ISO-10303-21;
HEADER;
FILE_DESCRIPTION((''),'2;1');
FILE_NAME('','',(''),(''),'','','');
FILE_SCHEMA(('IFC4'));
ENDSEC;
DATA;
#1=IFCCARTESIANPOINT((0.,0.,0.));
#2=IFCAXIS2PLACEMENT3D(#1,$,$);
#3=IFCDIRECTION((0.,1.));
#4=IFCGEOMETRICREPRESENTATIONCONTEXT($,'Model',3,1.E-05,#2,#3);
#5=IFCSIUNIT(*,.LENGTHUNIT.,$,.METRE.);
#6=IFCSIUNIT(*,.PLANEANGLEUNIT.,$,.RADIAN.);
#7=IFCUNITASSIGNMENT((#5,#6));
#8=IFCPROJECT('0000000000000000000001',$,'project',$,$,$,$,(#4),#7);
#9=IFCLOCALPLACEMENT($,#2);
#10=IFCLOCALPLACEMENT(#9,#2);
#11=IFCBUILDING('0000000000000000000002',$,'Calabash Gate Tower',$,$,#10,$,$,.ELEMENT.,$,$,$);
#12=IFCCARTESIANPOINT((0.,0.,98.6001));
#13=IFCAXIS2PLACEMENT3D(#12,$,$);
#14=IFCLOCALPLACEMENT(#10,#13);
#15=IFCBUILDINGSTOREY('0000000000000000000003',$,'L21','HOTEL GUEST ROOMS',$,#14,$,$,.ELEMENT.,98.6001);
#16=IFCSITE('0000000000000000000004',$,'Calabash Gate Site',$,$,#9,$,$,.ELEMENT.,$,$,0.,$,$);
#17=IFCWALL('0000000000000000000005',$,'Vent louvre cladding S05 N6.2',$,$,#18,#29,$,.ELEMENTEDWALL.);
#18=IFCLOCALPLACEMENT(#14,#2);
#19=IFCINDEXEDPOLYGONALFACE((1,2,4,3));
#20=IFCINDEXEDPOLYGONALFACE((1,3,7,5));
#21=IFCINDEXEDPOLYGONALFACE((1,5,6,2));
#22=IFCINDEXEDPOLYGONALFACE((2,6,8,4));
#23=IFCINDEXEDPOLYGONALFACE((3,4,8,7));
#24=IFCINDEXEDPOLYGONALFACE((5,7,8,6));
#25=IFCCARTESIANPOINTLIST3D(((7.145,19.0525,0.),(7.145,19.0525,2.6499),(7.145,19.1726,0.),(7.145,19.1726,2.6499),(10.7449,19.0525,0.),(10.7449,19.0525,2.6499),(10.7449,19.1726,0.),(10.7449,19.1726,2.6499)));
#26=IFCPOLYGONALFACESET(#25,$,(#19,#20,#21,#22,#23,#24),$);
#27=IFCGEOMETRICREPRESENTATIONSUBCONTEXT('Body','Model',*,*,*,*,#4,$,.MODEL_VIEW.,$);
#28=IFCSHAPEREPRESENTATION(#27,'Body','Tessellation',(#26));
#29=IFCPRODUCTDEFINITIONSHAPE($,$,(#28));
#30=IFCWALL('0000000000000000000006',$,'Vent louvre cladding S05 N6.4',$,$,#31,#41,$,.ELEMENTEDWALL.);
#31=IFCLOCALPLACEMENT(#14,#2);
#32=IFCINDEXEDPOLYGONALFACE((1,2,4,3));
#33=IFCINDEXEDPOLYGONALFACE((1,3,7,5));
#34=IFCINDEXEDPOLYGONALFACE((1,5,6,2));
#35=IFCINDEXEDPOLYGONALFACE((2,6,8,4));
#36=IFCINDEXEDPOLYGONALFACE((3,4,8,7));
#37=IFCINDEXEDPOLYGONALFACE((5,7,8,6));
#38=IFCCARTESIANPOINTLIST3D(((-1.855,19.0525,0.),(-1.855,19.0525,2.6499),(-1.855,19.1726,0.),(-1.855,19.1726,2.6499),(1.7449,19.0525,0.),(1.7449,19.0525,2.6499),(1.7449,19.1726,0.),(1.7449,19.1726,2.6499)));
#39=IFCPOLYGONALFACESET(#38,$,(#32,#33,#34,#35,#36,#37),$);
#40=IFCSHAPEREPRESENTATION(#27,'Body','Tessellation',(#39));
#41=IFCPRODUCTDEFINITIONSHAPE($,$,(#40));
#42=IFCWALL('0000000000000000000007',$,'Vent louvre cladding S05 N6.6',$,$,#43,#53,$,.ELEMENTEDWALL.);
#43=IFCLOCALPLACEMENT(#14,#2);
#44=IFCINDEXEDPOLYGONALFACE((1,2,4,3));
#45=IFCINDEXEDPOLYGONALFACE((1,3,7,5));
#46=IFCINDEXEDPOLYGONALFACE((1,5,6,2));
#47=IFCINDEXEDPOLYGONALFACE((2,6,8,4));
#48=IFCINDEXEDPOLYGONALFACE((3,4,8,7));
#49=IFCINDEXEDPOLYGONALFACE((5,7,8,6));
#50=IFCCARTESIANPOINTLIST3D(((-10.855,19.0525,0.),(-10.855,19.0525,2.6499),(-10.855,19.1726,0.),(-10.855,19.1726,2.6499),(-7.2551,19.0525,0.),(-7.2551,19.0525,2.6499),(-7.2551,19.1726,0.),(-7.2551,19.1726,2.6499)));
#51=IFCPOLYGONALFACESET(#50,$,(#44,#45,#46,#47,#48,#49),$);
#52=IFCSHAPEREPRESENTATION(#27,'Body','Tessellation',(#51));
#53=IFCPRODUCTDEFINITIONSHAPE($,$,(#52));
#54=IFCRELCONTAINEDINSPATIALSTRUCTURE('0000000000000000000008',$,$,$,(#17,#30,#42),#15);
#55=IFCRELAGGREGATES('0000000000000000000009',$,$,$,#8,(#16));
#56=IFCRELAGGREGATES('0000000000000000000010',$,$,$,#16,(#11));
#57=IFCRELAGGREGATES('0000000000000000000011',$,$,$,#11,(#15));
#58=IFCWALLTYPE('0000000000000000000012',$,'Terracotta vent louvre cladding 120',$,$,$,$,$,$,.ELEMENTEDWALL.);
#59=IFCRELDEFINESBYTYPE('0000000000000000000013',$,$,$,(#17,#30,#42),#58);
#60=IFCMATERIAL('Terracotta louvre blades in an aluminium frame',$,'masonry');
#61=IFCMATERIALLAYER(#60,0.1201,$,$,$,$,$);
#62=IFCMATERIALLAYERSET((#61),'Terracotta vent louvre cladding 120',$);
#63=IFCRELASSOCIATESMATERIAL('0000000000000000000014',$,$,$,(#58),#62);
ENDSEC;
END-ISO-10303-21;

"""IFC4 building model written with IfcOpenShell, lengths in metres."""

from ifc_helpers import new_model, si_unit, direction, frame, origin, place, context, subcontext, project, spatial, polyline, outline, extrude, material, layer, layer_set, type_object, element, save


model = new_model("IFC4")

# Units and contexts
model_context = context("Model", 3, precision=1e-05, world=origin(), true_north=direction((0.0, 1.0)))
body_context = subcontext(model_context, "Body", "Model", "MODEL_VIEW")
ifc_project = project(units=[si_unit("LENGTHUNIT", "METRE"), si_unit("PLANEANGLEUNIT", "RADIAN")], contexts=[model_context])

# Site, building, storey
site_placement = place(None, origin())
site = spatial("IfcSite", under=ifc_project, at=site_placement, Name="Calabash Gate Site", CompositionType="ELEMENT", RefElevation=0.0)
building_placement = place(site_placement, origin())
building = spatial("IfcBuilding", under=site, at=building_placement, Name="Calabash Gate Tower", CompositionType="ELEMENT")
storey_placement = place(building_placement, frame((0.0, 0.0, 98.6001)))
storey = spatial("IfcBuildingStorey", under=building, at=storey_placement, Name="L21", Description="HOTEL GUEST ROOMS", CompositionType="ELEMENT", Elevation=98.6001)

# Walls
ifc_material_1 = material(Name="Terracotta louvre blades in an aluminium frame", Category="masonry")
ifc_layer_1 = layer(ifc_material_1, 0.1201)
ifc_layer_set_1 = layer_set([ifc_layer_1], Name="Terracotta vent louvre cladding 120")
wall_type_1 = type_object("IfcWallType", Name="Terracotta vent louvre cladding 120", PredefinedType="ELEMENTEDWALL", material=ifc_layer_set_1)
wall_1_placement = place(storey_placement, origin())
element("IfcWall", 1, at=wall_1_placement, inside=storey, type_object=wall_type_1, Name="Vent louvre cladding S05 N6.2", PredefinedType="ELEMENTEDWALL", context=body_context, shape_type="SweptSolid", body=[
    extrude(outline(polyline([(7.145, 19.1726), (7.145, 19.0525), (10.7449, 19.0525), (10.7449, 19.1726), (7.145, 19.1726)])), origin(), (0.0, 0.0, 1.0), 2.6499),
])
wall_2_placement = place(storey_placement, origin())
element("IfcWall", 2, at=wall_2_placement, inside=storey, type_object=wall_type_1, Name="Vent louvre cladding S05 N6.4", PredefinedType="ELEMENTEDWALL", context=body_context, shape_type="SweptSolid", body=[
    extrude(outline(polyline([(-1.855, 19.1726), (-1.855, 19.0525), (1.7449, 19.0525), (1.7449, 19.1726), (-1.855, 19.1726)])), origin(), (0.0, 0.0, 1.0), 2.6499),
])
wall_3_placement = place(storey_placement, origin())
element("IfcWall", 3, at=wall_3_placement, inside=storey, type_object=wall_type_1, Name="Vent louvre cladding S05 N6.6", PredefinedType="ELEMENTEDWALL", context=body_context, shape_type="SweptSolid", body=[
    extrude(outline(polyline([(-10.855, 19.1726), (-10.855, 19.0525), (-7.2551, 19.0525), (-7.2551, 19.1726), (-10.855, 19.1726)])), origin(), (0.0, 0.0, 1.0), 2.6499),
])

save(model, "model.ifc")
